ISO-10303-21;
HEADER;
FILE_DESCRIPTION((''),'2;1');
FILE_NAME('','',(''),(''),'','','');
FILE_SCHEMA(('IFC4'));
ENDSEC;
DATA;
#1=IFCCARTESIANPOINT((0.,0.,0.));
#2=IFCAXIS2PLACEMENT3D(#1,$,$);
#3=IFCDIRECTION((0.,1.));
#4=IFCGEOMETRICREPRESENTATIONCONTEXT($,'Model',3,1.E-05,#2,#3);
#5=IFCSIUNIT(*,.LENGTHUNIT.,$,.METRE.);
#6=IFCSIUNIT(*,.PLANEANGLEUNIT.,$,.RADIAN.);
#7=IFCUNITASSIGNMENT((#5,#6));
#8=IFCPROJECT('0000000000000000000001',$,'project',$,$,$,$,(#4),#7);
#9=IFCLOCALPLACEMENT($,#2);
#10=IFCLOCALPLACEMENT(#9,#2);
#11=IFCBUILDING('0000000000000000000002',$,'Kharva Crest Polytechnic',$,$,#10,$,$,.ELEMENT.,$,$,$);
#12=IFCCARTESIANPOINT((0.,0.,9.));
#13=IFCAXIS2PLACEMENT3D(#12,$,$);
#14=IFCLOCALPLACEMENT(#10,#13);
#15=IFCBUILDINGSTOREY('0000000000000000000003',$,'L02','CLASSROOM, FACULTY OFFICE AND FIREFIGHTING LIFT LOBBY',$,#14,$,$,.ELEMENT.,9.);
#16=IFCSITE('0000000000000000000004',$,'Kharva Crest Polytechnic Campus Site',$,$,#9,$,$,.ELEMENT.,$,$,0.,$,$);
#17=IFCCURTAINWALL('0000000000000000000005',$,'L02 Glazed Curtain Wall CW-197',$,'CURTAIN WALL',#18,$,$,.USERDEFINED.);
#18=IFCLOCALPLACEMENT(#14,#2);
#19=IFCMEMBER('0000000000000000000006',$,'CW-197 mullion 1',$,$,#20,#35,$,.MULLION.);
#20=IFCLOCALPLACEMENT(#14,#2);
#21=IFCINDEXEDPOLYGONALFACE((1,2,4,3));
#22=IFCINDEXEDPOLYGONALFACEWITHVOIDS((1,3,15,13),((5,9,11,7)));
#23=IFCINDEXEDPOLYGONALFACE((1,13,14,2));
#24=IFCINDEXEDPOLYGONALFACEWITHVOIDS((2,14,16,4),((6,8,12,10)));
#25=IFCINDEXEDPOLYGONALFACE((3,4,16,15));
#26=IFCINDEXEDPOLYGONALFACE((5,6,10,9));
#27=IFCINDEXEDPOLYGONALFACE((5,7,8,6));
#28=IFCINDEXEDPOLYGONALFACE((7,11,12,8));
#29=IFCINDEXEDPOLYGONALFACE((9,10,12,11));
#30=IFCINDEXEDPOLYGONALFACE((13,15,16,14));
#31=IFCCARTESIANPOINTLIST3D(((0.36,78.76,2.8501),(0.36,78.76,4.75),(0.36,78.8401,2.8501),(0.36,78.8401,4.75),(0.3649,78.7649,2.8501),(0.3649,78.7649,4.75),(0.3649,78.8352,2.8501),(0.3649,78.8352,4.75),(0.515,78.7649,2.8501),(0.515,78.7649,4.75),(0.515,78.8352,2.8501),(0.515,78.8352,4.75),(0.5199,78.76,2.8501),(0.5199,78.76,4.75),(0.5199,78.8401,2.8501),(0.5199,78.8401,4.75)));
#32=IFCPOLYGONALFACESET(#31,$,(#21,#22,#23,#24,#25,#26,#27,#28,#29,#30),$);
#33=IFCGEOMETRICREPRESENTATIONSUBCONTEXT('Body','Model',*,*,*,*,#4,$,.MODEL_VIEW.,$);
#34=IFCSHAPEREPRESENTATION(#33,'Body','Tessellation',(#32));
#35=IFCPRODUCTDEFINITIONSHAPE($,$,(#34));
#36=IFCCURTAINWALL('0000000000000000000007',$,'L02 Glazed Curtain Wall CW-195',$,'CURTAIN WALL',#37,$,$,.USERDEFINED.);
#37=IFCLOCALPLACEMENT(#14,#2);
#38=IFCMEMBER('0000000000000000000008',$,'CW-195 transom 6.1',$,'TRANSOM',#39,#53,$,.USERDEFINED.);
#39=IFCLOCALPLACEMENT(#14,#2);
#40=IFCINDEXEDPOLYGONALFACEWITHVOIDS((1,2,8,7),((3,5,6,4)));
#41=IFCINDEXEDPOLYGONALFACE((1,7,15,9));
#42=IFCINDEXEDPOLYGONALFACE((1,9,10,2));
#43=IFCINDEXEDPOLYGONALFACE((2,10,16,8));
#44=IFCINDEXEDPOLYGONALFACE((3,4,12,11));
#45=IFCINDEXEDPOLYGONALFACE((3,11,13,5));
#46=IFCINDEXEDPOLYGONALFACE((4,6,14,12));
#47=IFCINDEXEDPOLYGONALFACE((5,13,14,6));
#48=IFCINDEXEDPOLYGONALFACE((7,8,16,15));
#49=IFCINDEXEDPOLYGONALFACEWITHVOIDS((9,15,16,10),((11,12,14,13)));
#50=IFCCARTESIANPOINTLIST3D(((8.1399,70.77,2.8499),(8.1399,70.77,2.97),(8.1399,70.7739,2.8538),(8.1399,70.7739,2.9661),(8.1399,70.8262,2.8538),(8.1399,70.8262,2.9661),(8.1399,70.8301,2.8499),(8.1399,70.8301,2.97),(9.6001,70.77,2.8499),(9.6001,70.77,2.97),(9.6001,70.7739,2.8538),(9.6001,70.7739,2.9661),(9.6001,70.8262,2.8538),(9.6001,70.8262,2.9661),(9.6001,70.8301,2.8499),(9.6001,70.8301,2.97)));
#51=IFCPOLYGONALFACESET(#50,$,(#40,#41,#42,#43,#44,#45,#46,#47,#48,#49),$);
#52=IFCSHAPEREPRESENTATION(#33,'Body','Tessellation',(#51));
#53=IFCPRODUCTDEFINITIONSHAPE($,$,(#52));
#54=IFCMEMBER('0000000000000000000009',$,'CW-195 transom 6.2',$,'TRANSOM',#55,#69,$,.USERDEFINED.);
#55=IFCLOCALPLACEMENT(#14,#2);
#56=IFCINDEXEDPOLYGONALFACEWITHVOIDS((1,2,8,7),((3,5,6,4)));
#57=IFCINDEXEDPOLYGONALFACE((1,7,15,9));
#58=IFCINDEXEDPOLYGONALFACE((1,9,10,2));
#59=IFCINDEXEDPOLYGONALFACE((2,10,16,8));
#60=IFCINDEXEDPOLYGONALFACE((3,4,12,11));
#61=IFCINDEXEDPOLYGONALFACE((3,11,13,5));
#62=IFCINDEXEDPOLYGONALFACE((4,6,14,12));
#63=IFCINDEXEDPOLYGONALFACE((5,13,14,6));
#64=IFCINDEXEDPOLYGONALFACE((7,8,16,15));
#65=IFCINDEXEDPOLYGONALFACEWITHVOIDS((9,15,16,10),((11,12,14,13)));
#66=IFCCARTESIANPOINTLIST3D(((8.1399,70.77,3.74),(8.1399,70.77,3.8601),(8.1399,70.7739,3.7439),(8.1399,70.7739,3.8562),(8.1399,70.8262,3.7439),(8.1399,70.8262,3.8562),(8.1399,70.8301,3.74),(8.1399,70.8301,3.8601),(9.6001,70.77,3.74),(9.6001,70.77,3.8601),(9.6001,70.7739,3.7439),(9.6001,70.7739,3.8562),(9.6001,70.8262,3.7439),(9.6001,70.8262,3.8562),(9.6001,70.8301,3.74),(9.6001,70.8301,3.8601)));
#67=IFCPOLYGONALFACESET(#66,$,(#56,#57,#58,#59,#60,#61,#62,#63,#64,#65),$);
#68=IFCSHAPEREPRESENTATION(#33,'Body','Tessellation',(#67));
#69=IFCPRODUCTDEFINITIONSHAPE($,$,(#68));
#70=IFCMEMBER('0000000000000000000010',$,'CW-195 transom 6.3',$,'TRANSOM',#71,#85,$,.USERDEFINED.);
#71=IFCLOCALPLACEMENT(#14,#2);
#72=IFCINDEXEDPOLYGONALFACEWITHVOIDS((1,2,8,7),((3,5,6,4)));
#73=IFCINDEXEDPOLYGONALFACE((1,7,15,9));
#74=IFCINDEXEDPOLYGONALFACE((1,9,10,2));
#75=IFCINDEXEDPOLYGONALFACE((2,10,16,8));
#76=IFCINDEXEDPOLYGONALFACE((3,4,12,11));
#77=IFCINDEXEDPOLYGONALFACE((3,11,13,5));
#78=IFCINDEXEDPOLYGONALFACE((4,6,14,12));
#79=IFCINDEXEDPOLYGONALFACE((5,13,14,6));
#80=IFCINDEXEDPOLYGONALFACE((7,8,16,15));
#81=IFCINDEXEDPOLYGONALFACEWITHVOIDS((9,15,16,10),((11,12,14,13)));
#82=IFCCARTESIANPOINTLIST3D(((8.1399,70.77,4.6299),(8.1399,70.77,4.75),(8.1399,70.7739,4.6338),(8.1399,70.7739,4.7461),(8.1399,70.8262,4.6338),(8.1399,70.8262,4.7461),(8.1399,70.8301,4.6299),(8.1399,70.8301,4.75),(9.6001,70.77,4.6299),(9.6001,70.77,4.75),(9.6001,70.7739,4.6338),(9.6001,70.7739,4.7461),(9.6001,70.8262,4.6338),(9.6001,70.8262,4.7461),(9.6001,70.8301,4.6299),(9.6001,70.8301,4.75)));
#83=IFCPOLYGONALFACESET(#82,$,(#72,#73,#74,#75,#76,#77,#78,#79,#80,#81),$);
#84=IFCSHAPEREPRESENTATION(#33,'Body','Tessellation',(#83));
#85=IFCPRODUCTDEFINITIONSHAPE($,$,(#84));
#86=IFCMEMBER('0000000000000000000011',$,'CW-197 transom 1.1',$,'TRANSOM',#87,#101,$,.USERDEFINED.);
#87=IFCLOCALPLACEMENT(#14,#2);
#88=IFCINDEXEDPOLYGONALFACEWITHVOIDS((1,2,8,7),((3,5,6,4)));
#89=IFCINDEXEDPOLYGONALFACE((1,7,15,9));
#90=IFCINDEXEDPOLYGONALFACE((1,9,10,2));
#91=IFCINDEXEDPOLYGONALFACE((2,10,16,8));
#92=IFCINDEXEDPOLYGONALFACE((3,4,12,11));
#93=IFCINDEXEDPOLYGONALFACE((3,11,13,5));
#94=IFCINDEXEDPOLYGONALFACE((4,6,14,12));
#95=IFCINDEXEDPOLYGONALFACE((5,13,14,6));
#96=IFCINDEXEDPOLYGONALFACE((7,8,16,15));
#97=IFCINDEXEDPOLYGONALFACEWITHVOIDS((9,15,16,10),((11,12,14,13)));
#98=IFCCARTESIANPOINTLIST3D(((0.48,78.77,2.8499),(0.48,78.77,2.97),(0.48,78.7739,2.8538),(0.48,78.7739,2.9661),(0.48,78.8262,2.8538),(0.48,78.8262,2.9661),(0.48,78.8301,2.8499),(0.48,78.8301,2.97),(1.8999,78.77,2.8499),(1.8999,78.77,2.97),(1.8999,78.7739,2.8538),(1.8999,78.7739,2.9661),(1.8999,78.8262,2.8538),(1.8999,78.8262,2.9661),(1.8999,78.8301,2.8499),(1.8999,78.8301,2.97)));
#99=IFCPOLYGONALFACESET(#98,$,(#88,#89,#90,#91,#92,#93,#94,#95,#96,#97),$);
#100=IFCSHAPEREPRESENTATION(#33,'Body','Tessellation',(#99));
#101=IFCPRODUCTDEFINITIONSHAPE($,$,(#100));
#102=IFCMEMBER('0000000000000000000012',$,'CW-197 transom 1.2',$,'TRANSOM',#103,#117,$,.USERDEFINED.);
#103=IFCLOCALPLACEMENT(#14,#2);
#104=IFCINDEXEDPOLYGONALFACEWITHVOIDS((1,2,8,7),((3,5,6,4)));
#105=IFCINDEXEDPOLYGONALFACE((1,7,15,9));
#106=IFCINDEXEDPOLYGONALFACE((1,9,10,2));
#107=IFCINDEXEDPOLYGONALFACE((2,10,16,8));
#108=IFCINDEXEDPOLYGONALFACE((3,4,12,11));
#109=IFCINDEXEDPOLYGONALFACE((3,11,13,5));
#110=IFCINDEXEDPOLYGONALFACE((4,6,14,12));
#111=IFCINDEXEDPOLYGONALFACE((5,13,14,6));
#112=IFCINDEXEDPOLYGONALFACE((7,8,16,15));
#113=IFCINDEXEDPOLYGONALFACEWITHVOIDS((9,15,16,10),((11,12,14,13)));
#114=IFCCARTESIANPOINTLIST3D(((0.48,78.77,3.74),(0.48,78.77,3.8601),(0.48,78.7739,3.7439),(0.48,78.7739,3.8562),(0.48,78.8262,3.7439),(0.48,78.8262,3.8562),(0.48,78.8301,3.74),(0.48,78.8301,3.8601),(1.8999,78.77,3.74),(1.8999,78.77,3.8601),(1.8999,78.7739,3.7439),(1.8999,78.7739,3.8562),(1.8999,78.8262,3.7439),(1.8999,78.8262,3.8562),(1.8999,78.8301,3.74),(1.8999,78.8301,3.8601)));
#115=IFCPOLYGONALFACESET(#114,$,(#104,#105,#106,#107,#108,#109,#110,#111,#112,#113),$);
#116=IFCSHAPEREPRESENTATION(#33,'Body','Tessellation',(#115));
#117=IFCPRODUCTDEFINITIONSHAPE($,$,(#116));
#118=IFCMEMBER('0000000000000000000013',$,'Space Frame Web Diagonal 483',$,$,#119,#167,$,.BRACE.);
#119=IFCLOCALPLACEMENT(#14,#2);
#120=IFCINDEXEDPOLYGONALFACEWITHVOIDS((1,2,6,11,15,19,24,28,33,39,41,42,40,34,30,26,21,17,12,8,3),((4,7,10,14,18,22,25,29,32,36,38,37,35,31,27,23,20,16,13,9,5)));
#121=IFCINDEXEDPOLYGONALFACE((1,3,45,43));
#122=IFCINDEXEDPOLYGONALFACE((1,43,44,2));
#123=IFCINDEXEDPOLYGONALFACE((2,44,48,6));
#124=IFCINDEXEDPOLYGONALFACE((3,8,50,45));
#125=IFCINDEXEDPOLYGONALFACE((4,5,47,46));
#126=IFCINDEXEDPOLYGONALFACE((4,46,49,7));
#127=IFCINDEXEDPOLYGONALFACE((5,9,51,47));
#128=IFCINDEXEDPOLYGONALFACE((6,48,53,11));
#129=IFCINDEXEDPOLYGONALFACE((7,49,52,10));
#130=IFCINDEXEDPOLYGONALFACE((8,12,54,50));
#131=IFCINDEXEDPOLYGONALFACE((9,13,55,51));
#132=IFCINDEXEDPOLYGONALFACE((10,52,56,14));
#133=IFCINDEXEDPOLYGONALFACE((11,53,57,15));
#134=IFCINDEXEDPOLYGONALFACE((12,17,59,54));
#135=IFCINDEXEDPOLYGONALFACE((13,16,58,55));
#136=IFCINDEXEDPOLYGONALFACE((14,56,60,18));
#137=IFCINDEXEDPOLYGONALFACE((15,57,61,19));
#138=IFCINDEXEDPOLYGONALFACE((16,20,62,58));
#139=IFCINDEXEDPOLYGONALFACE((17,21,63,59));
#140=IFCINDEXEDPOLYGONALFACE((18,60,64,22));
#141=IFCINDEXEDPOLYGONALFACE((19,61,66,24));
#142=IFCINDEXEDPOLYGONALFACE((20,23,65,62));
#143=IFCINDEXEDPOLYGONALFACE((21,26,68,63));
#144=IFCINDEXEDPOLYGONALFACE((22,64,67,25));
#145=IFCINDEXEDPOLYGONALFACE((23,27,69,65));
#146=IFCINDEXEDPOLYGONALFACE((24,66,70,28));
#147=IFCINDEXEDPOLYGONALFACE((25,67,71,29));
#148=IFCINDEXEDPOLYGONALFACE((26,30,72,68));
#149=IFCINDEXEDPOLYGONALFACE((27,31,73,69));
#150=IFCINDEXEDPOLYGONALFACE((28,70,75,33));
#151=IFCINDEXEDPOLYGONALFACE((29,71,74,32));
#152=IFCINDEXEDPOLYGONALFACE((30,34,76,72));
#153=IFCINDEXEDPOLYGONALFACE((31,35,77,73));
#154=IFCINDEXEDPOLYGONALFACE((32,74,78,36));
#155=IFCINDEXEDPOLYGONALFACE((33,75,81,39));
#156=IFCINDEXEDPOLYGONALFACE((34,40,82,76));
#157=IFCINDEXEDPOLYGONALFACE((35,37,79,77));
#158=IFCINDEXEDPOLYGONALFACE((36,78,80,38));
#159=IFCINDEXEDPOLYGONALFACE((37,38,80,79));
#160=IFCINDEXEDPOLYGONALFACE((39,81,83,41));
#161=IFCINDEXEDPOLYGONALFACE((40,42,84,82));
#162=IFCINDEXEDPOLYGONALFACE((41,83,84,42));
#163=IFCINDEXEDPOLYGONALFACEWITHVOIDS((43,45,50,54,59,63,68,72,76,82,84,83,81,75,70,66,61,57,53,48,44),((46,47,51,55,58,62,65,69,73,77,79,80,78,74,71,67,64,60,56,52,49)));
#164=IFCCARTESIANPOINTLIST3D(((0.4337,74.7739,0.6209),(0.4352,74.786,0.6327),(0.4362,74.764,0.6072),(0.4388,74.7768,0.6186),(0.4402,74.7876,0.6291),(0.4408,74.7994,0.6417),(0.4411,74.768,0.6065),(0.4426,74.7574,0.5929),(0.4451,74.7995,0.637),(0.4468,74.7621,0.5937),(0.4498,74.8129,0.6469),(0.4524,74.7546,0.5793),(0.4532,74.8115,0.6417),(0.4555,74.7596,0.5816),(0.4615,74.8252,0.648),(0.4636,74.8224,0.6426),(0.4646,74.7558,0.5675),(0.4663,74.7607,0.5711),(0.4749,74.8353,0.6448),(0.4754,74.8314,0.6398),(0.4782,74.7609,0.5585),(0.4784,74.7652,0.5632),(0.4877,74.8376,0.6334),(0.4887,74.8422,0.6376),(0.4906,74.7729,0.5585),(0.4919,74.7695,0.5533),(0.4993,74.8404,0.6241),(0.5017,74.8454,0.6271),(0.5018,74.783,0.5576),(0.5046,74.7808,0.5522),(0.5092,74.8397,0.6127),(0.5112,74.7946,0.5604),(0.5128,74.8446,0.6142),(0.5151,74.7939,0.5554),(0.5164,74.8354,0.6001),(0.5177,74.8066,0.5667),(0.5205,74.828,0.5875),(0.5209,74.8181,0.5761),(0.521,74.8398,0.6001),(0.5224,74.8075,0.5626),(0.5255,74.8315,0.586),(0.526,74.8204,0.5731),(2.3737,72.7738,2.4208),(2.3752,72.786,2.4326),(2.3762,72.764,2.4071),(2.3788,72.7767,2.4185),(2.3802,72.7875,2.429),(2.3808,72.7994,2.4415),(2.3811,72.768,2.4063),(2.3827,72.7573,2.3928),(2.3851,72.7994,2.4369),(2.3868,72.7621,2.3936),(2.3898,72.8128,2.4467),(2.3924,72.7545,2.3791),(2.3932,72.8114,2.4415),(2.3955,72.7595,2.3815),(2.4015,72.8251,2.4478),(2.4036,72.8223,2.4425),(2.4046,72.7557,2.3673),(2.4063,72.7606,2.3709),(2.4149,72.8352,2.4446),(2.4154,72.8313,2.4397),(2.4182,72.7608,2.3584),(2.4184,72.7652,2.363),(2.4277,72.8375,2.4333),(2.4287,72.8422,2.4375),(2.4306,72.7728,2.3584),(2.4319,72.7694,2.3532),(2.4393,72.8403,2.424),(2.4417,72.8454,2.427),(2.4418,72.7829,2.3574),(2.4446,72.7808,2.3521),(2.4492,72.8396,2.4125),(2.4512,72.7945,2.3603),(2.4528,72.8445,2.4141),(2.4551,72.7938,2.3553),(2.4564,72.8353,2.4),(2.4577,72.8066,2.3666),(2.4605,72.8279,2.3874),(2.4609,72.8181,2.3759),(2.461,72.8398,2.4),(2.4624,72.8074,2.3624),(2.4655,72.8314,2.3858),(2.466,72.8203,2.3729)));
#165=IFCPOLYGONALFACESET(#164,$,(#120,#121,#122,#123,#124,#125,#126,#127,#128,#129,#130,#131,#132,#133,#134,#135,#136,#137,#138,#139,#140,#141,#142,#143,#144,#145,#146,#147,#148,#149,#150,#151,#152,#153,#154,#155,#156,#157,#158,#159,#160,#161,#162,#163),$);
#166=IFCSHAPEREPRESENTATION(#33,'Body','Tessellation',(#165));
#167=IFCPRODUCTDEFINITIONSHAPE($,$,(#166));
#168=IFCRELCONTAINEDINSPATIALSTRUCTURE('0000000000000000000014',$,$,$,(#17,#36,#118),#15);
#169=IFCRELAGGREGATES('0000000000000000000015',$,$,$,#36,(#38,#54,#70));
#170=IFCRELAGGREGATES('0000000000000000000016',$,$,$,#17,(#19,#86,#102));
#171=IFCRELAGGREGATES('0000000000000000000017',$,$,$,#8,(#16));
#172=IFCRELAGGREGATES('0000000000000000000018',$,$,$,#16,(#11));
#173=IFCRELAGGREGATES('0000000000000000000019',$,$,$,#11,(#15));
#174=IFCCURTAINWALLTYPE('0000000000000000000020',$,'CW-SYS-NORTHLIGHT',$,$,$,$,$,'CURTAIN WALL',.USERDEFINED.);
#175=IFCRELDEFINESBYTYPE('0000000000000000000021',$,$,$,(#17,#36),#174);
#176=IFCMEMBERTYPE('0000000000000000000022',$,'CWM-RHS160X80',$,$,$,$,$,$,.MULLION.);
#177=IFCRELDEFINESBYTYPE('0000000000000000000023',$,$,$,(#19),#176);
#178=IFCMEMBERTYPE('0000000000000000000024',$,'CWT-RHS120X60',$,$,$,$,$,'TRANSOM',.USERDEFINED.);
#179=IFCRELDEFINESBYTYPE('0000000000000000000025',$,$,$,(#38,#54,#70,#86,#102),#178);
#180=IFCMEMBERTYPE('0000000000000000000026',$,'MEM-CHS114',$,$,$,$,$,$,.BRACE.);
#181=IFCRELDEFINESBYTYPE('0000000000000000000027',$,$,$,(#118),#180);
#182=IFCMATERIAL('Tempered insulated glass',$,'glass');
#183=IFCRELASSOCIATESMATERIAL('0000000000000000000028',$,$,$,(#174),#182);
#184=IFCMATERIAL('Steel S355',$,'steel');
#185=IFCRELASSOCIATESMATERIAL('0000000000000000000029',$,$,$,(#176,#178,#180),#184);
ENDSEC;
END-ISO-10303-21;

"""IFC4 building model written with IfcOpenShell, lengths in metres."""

from ifc_helpers import new_model, si_unit, direction, frame, origin, origin_2d, place, context, subcontext, project, spatial, hollow_rectangle, hollow_circle, extrude, material, material_profile, profile_set, type_object, element, aggregate, save


model = new_model("IFC4")

# Units and contexts
model_context = context("Model", 3, precision=1e-05, world=origin(), true_north=direction((0.0, 1.0)))
body_context = subcontext(model_context, "Body", "Model", "MODEL_VIEW")
ifc_project = project(units=[si_unit("LENGTHUNIT", "METRE"), si_unit("PLANEANGLEUNIT", "RADIAN")], contexts=[model_context])

# Site, building, storey
site_placement = place(None, origin())
site = spatial("IfcSite", under=ifc_project, at=site_placement, Name="Kharva Crest Polytechnic Campus Site", CompositionType="ELEMENT", RefElevation=0.0)
building_placement = place(site_placement, origin())
building = spatial("IfcBuilding", under=site, at=building_placement, Name="Kharva Crest Polytechnic", CompositionType="ELEMENT")
storey_placement = place(building_placement, frame((0.0, 0.0, 9.0)))
storey = spatial("IfcBuildingStorey", under=building, at=storey_placement, Name="L02", Description="CLASSROOM, FACULTY OFFICE AND FIREFIGHTING LIFT LOBBY", CompositionType="ELEMENT", Elevation=9.0)

# Curtain wall, member
ifc_material_1 = material(Name="Tempered insulated glass", Category="glass")
curtain_wall_type = type_object("IfcCurtainWallType", Name="CW-SYS-NORTHLIGHT", ElementType="CURTAIN WALL", PredefinedType="USERDEFINED", material=ifc_material_1)
curtain_wall_1_placement = place(storey_placement, origin())
curtain_wall_1 = element("IfcCurtainWall", 1, at=curtain_wall_1_placement, inside=storey, type_object=curtain_wall_type, Name="L02 Glazed Curtain Wall CW-197", ObjectType="CURTAIN WALL", PredefinedType="USERDEFINED")
ifc_material_2 = material(Name="Steel S355", Category="steel")
ifc_material_profile_1 = material_profile(ifc_material_2, hollow_rectangle(XDim=0.0801, YDim=0.1599, WallThickness=0.0049, at=origin_2d()), Name="RHS 160X80X5.0")
ifc_profile_set_1 = profile_set([ifc_material_profile_1], Name="Steel S355")
member_type_1 = type_object("IfcMemberType", Name="CWM-RHS160X80", PredefinedType="MULLION", material=ifc_profile_set_1)
member_1_placement = place(storey_placement, frame((0.4399, 78.8, 2.8501), z_axis=(0.0, 0.0, 1.0), x_axis=(0.0, 1.0, 0.0)))
member_1 = element("IfcMember", 2, at=member_1_placement, type_object=member_type_1, Name="CW-197 mullion 1", PredefinedType="MULLION", context=body_context, shape_type="SweptSolid", body=[
    extrude(hollow_rectangle(XDim=0.0801, YDim=0.1599, WallThickness=0.0049, at=origin_2d()), origin(), (0.0, 0.0, 1.0), 1.8999),
])

# Curtain wall, members
curtain_wall_2_placement = place(storey_placement, origin())
curtain_wall_2 = element("IfcCurtainWall", 3, at=curtain_wall_2_placement, inside=storey, type_object=curtain_wall_type, Name="L02 Glazed Curtain Wall CW-195", ObjectType="CURTAIN WALL", PredefinedType="USERDEFINED")
ifc_material_profile_2 = material_profile(ifc_material_2, hollow_rectangle(XDim=0.0601, YDim=0.1201, WallThickness=0.0039, at=origin_2d()), Name="RHS 120X60X4.0")
ifc_profile_set_2 = profile_set([ifc_material_profile_2], Name="Steel S355")
member_type_2 = type_object("IfcMemberType", Name="CWT-RHS120X60", ElementType="TRANSOM", PredefinedType="USERDEFINED", material=ifc_profile_set_2)
member_2_placement = place(storey_placement, frame((8.1399, 70.8, 2.9099), z_axis=(1.0, 0.0, 0.0), x_axis=(0.0, 1.0, 0.0)))
member_2 = element("IfcMember", 4, at=member_2_placement, type_object=member_type_2, Name="CW-195 transom 6.1", ObjectType="TRANSOM", PredefinedType="USERDEFINED", context=body_context, shape_type="SweptSolid", body=[
    extrude(hollow_rectangle(XDim=0.0601, YDim=0.1201, WallThickness=0.0039, at=origin_2d()), origin(), (0.0, 0.0, 1.0), 1.4602),
])
member_3_placement = place(storey_placement, frame((8.1399, 70.8, 3.8), z_axis=(1.0, 0.0, 0.0), x_axis=(0.0, 1.0, 0.0)))
member_3 = element("IfcMember", 5, at=member_3_placement, type_object=member_type_2, Name="CW-195 transom 6.2", ObjectType="TRANSOM", PredefinedType="USERDEFINED", context=body_context, shape_type="SweptSolid", body=[
    extrude(hollow_rectangle(XDim=0.0601, YDim=0.1201, WallThickness=0.0039, at=origin_2d()), origin(), (0.0, 0.0, 1.0), 1.4602),
])
member_4_placement = place(storey_placement, frame((8.1399, 70.8, 4.6899), z_axis=(1.0, 0.0, 0.0), x_axis=(0.0, 1.0, 0.0)))
member_4 = element("IfcMember", 6, at=member_4_placement, type_object=member_type_2, Name="CW-195 transom 6.3", ObjectType="TRANSOM", PredefinedType="USERDEFINED", context=body_context, shape_type="SweptSolid", body=[
    extrude(hollow_rectangle(XDim=0.0601, YDim=0.1201, WallThickness=0.0039, at=origin_2d()), origin(), (0.0, 0.0, 1.0), 1.4602),
])
aggregate(curtain_wall_2, [member_2, member_3, member_4])

# Members
member_5_placement = place(storey_placement, frame((0.48, 78.8, 2.9099), z_axis=(1.0, 0.0, 0.0), x_axis=(0.0, 1.0, 0.0)))
member_5 = element("IfcMember", 7, at=member_5_placement, type_object=member_type_2, Name="CW-197 transom 1.1", ObjectType="TRANSOM", PredefinedType="USERDEFINED", context=body_context, shape_type="SweptSolid", body=[
    extrude(hollow_rectangle(XDim=0.0601, YDim=0.1201, WallThickness=0.0039, at=origin_2d()), origin(), (0.0, 0.0, 1.0), 1.4199),
])
member_6_placement = place(storey_placement, frame((0.48, 78.8, 3.8), z_axis=(1.0, 0.0, 0.0), x_axis=(0.0, 1.0, 0.0)))
member_6 = element("IfcMember", 8, at=member_6_placement, type_object=member_type_2, Name="CW-197 transom 1.2", ObjectType="TRANSOM", PredefinedType="USERDEFINED", context=body_context, shape_type="SweptSolid", body=[
    extrude(hollow_rectangle(XDim=0.0601, YDim=0.1201, WallThickness=0.0039, at=origin_2d()), origin(), (0.0, 0.0, 1.0), 1.4199),
])
aggregate(curtain_wall_1, [member_1, member_5, member_6])

# Member
ifc_material_profile_3 = material_profile(ifc_material_2, hollow_circle(Radius=0.0571, WallThickness=0.0063, at=origin_2d()), Name="CHS 114.3X6.3")
ifc_profile_set_3 = profile_set([ifc_material_profile_3], Name="Steel S355")
member_type_3 = type_object("IfcMemberType", Name="MEM-CHS114", PredefinedType="BRACE", material=ifc_profile_set_3)
for number, where, z_axis, x_axis, name in (
    (9, (0.48, 74.8, 0.6001), (0.584843, -0.60295, 0.542596), (0.717802, 0.696247, 0.0), "Space Frame Web Diagonal 483"),
):
    element("IfcMember", number, at=place(storey_placement, frame(where, z_axis=z_axis, x_axis=x_axis)), inside=storey, type_object=member_type_3, Name=name, PredefinedType="BRACE", context=body_context, shape_type="SweptSolid", body=[
        extrude(hollow_circle(Radius=0.0571, WallThickness=0.0063, at=origin_2d()), origin(), (0.0, 0.0, 1.0), 3.3171),
    ])

save(model, "model.ifc")
